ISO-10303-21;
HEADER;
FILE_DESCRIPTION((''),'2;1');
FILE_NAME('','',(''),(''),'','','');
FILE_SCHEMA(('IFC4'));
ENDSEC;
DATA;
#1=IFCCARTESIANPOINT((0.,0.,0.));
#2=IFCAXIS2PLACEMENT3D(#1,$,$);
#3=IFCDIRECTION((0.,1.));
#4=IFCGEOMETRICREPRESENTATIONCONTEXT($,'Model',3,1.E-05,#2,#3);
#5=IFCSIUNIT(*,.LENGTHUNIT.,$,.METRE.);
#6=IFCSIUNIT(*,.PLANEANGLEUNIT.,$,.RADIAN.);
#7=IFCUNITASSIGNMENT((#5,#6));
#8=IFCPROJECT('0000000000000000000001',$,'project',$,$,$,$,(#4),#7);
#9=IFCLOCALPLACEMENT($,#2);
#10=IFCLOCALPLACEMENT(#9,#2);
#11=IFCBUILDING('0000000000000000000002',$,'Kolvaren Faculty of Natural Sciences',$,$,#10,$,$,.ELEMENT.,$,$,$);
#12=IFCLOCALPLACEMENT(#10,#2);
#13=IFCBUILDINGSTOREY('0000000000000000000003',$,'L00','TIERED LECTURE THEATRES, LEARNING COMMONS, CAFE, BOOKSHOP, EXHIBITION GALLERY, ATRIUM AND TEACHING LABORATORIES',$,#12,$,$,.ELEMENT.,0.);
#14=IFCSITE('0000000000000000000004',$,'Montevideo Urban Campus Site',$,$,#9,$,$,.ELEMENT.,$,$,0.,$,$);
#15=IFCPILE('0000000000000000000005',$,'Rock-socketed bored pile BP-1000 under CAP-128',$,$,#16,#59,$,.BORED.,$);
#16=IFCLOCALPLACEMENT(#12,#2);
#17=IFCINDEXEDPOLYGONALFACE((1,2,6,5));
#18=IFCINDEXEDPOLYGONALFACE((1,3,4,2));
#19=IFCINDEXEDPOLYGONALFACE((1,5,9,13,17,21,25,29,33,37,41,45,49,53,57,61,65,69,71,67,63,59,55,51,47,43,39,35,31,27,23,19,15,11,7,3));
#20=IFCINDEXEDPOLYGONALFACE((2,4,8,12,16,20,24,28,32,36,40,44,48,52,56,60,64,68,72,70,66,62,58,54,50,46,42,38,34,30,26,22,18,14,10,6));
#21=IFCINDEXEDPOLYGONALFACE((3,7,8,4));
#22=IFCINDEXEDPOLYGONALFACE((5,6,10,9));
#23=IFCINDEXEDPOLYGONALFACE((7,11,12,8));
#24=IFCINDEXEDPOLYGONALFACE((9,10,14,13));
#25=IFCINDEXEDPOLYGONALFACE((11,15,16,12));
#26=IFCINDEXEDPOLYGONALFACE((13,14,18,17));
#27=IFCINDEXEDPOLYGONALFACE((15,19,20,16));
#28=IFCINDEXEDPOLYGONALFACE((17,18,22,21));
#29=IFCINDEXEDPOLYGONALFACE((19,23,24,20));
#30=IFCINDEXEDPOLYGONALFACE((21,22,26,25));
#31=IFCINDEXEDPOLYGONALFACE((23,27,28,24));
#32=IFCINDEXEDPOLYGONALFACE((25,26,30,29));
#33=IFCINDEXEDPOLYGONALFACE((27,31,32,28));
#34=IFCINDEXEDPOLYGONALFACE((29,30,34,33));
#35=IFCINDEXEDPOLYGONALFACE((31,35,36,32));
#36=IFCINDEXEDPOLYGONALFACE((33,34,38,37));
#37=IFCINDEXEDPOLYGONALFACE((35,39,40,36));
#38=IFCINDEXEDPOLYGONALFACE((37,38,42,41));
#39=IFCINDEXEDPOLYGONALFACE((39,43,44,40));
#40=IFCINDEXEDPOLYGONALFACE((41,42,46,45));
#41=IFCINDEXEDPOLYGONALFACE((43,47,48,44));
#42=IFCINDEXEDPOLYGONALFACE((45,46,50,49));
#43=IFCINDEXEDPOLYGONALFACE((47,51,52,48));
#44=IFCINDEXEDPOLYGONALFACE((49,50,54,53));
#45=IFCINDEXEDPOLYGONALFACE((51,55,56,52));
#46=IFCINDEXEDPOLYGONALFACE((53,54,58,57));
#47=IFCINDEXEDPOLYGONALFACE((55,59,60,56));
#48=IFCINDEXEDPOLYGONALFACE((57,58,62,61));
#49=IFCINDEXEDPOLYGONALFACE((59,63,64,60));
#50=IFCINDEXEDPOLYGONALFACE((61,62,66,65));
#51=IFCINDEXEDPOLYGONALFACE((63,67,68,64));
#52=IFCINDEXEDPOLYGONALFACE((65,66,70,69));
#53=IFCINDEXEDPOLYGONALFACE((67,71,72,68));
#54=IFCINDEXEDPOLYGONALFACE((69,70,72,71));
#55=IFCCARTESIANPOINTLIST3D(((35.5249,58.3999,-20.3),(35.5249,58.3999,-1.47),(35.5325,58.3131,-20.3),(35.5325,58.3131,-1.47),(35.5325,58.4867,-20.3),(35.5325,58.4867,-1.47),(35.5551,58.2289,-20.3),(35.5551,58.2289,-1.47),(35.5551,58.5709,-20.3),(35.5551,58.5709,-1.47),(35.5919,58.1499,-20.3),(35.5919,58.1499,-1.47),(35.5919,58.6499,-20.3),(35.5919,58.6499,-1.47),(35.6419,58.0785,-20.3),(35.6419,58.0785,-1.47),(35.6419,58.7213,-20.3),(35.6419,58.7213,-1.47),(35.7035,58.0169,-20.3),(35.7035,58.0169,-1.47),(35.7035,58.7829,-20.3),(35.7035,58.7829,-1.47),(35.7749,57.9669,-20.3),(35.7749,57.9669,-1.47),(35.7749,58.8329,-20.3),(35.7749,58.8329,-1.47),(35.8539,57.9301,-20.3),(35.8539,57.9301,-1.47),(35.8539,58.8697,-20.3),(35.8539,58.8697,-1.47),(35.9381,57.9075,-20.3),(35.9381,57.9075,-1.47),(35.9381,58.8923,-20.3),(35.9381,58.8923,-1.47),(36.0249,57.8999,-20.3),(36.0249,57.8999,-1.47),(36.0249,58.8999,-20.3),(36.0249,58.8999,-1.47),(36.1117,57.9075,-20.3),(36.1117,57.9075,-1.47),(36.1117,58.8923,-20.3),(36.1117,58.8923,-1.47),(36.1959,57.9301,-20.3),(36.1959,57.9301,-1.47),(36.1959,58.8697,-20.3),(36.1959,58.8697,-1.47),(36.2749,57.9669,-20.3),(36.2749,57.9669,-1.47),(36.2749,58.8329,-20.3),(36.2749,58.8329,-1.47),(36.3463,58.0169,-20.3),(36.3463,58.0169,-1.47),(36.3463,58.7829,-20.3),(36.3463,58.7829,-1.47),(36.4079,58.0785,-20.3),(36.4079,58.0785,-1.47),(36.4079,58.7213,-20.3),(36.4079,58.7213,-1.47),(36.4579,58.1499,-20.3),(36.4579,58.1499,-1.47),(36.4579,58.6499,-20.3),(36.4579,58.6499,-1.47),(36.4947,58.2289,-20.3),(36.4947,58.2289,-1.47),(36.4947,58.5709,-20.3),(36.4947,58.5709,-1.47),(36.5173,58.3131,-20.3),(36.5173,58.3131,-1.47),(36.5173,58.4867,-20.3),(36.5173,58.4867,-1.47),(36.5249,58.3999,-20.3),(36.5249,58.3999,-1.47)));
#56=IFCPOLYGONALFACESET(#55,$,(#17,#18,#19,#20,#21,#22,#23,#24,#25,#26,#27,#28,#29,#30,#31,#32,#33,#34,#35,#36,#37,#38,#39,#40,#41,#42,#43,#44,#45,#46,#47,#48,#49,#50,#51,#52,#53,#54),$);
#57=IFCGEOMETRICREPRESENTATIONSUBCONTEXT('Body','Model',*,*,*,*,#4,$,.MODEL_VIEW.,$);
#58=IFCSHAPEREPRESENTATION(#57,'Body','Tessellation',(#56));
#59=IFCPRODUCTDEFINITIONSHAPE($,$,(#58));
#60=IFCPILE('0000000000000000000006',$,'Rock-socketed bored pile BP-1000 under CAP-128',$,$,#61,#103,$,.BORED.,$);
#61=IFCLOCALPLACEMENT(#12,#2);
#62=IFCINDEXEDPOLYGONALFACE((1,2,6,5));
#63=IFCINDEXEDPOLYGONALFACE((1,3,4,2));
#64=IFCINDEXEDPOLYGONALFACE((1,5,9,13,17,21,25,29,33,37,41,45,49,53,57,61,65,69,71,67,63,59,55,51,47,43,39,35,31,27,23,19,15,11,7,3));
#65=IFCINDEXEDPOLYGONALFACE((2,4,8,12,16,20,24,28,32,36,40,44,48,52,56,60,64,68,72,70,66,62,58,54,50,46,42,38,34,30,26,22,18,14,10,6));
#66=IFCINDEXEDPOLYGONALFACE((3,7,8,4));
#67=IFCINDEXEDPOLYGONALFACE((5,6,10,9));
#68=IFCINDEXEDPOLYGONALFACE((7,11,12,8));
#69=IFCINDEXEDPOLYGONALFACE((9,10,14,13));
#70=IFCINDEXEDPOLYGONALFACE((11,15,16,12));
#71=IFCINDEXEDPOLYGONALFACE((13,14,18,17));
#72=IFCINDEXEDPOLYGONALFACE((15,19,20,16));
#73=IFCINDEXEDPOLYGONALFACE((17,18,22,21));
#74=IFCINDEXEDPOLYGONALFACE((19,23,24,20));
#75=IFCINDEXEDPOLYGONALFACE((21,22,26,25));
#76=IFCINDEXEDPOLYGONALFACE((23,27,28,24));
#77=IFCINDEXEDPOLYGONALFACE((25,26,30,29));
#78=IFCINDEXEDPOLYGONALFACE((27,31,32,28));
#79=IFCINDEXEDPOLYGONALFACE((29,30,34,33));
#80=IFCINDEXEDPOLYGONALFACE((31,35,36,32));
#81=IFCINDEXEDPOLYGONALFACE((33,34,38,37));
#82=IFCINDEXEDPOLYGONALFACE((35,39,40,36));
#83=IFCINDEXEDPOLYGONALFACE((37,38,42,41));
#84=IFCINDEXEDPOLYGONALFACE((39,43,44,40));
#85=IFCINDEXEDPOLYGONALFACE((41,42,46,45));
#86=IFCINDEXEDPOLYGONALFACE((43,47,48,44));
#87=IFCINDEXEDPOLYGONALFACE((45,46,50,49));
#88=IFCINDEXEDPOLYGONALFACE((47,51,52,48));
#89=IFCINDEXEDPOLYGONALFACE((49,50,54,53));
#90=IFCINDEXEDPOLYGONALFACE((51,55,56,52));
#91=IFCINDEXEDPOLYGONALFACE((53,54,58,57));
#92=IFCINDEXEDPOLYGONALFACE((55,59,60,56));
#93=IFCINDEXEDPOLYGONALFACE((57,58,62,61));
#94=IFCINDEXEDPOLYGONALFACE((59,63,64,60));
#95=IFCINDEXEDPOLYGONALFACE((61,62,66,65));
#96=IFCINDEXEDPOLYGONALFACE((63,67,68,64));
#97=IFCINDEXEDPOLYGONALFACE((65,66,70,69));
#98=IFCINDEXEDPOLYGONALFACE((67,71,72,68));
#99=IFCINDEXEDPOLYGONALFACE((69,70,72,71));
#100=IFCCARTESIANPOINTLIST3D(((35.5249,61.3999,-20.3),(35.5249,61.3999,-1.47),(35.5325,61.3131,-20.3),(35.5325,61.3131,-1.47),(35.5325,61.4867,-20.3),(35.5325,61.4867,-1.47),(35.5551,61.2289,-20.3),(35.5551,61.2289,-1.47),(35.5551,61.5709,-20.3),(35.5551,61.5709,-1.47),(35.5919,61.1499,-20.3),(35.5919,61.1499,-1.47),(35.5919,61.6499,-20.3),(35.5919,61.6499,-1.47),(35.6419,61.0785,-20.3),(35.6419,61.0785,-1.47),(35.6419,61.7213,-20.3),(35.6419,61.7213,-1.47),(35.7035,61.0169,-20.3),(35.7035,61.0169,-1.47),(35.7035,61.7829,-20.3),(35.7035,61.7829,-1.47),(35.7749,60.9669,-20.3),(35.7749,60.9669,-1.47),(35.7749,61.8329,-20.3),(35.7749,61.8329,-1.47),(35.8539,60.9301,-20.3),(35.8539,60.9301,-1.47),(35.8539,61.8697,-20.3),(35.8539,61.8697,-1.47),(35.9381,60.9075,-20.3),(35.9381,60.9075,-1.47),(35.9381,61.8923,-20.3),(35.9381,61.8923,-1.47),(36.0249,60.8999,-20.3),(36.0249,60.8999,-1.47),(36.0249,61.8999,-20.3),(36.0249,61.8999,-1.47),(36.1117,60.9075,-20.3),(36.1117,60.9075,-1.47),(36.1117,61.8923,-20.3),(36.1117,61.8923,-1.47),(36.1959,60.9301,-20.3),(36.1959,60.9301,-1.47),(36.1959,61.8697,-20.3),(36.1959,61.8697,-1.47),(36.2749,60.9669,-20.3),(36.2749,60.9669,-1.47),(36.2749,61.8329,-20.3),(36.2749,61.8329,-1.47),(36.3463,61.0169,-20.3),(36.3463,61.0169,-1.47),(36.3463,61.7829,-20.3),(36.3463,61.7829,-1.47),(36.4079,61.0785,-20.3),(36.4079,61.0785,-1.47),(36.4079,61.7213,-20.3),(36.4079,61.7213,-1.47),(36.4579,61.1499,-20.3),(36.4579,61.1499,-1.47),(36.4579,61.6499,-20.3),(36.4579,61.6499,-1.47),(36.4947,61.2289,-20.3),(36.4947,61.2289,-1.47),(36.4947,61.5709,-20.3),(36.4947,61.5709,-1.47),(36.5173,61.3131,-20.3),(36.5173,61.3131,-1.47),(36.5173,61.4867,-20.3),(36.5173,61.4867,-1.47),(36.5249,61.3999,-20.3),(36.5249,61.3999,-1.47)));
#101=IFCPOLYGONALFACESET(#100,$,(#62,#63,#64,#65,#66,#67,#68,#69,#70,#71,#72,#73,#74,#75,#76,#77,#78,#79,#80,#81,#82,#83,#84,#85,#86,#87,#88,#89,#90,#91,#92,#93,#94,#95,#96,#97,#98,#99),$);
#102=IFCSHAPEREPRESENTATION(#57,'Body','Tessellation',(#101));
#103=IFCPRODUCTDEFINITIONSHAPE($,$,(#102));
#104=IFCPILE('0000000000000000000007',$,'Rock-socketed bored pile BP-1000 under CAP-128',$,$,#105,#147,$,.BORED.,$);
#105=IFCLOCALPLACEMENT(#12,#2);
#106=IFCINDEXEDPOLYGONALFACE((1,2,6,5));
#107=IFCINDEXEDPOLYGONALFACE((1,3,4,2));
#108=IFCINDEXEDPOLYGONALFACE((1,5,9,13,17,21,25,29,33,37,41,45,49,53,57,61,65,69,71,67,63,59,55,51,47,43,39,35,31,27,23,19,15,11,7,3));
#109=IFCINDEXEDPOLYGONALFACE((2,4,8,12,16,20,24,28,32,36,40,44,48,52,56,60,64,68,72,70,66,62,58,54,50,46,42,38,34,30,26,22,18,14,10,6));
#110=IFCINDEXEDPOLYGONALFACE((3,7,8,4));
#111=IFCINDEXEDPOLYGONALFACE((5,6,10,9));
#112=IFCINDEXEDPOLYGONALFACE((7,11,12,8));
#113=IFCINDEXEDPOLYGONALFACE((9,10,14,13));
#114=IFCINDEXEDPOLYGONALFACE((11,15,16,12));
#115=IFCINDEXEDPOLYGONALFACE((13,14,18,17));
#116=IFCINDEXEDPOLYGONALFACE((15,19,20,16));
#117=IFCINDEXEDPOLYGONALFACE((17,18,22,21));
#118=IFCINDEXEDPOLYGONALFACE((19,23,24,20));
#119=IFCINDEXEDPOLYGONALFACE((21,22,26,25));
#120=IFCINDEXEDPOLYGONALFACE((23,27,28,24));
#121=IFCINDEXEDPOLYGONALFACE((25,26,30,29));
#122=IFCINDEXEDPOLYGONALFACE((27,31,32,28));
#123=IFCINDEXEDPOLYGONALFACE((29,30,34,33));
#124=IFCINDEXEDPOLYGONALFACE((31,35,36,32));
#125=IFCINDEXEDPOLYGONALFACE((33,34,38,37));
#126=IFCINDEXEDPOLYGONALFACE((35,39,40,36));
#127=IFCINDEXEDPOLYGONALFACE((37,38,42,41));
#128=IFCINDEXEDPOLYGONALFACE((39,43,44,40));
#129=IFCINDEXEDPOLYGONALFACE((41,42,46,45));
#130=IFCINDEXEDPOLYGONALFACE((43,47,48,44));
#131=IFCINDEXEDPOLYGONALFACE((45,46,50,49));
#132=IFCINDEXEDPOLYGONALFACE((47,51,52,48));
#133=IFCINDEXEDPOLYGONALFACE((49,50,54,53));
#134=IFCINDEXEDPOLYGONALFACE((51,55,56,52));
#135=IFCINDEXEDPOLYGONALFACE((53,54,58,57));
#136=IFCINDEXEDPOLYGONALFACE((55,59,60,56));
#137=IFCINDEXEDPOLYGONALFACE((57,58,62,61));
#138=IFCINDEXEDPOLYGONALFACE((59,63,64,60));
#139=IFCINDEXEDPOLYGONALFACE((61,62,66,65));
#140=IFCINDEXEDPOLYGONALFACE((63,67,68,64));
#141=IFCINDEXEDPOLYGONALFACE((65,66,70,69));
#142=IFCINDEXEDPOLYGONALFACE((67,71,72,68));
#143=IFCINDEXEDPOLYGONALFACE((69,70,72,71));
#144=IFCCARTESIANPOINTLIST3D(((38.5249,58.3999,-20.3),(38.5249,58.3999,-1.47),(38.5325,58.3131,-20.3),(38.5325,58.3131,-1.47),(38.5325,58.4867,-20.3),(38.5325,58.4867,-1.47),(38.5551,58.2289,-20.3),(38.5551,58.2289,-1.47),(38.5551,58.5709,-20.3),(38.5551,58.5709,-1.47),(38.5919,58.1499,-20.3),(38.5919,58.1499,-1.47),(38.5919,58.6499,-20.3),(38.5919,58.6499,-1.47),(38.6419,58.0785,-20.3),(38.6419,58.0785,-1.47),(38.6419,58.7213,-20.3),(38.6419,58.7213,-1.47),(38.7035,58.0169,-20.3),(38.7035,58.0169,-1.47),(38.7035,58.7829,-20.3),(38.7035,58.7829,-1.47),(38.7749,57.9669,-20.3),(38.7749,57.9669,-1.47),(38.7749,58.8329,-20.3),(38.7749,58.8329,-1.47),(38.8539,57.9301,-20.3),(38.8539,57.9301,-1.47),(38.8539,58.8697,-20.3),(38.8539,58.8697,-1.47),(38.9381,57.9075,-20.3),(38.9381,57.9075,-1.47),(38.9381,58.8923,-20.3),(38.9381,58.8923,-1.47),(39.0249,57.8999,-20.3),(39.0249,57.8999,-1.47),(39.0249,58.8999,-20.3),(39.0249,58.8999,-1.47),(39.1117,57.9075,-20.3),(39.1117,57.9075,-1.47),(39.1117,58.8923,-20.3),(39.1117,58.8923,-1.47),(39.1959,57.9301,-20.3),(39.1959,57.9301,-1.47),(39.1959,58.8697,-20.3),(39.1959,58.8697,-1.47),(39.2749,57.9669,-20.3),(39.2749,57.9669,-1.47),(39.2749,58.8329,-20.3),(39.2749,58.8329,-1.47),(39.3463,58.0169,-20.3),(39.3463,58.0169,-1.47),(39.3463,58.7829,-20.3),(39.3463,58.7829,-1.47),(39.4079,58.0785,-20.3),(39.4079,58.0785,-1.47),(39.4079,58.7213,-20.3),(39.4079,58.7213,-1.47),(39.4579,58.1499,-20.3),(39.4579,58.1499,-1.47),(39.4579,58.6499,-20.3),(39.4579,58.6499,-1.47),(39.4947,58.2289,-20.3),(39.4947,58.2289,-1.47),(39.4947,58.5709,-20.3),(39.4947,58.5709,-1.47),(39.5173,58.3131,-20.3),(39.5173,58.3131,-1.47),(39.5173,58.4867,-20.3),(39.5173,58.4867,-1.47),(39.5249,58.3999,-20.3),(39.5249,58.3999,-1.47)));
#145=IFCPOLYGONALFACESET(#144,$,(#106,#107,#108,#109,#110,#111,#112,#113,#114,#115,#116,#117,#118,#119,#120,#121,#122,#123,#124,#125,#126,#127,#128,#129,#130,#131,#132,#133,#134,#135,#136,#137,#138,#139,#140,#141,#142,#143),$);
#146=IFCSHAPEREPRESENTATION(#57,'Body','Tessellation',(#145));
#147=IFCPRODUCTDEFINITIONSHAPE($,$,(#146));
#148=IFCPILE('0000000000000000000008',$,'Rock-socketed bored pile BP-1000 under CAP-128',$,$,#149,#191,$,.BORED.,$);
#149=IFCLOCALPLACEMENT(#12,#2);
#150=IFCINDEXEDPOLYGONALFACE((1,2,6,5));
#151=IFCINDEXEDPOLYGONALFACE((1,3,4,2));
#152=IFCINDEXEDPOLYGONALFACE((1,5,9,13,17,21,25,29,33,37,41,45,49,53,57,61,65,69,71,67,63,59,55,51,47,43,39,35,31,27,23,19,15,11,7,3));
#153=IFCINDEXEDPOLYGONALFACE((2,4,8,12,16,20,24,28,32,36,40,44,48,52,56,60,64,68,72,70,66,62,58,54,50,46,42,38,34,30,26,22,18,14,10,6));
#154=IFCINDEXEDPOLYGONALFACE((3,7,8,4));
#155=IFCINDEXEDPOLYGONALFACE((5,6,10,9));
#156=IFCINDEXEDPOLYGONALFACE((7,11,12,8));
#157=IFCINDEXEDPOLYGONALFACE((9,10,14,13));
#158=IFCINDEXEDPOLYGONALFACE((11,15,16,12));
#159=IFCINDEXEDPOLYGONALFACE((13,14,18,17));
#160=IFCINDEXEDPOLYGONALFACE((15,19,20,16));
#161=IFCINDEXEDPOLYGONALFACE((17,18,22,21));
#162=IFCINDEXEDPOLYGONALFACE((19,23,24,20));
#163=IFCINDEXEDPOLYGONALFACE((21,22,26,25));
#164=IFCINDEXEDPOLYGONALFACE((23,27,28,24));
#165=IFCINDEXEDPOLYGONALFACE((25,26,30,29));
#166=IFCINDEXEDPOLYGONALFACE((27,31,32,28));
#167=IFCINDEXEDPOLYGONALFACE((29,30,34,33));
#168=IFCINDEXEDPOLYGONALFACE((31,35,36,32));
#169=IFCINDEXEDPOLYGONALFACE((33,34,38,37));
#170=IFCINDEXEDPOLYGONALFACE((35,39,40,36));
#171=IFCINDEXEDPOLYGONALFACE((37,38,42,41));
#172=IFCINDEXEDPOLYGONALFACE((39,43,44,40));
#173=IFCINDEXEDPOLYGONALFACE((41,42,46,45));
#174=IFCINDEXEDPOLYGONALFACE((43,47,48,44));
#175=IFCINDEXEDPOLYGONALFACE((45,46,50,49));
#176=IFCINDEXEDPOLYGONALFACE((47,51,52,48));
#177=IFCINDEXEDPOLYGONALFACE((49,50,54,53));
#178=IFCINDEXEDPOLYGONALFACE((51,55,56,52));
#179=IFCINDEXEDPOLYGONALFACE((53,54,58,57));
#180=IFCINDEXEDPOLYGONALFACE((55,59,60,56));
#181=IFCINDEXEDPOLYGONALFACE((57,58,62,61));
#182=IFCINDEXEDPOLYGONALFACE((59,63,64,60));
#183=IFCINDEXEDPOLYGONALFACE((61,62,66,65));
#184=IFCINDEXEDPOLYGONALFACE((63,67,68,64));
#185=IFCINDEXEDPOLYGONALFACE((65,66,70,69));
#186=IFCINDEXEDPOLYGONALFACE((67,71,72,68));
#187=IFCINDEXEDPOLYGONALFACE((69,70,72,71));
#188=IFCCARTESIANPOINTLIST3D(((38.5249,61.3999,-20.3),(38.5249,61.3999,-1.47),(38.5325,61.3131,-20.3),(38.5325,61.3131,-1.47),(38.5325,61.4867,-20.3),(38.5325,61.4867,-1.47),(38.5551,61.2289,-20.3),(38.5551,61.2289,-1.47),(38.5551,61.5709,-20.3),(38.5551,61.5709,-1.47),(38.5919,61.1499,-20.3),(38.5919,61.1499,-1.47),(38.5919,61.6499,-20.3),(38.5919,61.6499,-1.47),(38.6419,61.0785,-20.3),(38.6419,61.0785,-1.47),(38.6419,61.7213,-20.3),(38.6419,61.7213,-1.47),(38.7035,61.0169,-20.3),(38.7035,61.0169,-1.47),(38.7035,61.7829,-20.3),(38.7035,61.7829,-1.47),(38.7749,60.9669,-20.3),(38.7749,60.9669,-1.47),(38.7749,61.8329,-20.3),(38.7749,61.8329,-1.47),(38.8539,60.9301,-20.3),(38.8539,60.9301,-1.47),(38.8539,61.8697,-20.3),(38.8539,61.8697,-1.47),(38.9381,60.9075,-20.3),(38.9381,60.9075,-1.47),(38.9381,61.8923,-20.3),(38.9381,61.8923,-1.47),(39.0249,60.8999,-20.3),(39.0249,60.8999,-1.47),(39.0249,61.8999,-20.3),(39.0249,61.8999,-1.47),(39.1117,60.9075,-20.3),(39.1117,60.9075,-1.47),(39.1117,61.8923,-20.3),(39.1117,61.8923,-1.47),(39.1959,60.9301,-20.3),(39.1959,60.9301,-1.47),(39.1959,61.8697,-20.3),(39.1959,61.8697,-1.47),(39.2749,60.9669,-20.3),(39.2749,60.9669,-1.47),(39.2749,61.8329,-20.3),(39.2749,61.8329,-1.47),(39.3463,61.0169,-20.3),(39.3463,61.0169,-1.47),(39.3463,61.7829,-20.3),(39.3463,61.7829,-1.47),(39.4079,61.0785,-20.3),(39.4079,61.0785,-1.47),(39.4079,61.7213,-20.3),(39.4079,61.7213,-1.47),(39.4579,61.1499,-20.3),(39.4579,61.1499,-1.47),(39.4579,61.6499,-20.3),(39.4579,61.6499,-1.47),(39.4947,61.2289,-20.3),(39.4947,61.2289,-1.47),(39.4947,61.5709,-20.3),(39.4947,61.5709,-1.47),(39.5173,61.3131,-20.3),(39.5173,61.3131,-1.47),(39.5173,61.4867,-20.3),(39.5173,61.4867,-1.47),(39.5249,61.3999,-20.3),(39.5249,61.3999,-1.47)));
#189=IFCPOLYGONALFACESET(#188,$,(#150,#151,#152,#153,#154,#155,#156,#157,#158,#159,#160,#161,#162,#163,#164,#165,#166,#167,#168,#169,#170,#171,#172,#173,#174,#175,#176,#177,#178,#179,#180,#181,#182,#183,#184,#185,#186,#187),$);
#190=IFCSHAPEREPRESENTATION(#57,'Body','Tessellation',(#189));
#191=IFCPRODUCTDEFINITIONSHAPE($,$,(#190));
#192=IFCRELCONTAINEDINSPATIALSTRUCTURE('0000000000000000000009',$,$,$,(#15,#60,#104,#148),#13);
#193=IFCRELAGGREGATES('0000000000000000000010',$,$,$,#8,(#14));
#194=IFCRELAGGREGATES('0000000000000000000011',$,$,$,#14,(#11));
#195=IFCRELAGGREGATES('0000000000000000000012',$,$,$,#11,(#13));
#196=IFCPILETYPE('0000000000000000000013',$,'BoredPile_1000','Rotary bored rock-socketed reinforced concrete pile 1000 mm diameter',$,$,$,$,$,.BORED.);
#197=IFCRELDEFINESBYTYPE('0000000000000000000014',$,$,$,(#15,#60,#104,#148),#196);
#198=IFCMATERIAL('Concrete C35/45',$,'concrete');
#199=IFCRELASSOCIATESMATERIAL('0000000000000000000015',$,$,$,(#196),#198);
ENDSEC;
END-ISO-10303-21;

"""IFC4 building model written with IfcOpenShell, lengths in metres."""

from ifc_helpers import new_model, si_unit, direction, frame, origin, origin_2d, place, context, subcontext, project, spatial, circle, extrude, material, material_profile, profile_set, type_object, element, save


model = new_model("IFC4")

# Units and contexts
model_context = context("Model", 3, precision=1e-05, world=origin(), true_north=direction((0.0, 1.0)))
body_context = subcontext(model_context, "Body", "Model", "MODEL_VIEW")
ifc_project = project(units=[si_unit("LENGTHUNIT", "METRE"), si_unit("PLANEANGLEUNIT", "RADIAN")], contexts=[model_context])

# Site, building, storey
site_placement = place(None, origin())
site = spatial("IfcSite", under=ifc_project, at=site_placement, Name="Montevideo Urban Campus Site", CompositionType="ELEMENT", RefElevation=0.0)
building_placement = place(site_placement, origin())
building = spatial("IfcBuilding", under=site, at=building_placement, Name="Kolvaren Faculty of Natural Sciences", CompositionType="ELEMENT")
storey_placement = place(building_placement, origin())
storey = spatial("IfcBuildingStorey", under=building, at=storey_placement, Name="L00", Description="TIERED LECTURE THEATRES, LEARNING COMMONS, CAFE, BOOKSHOP, EXHIBITION GALLERY, ATRIUM AND TEACHING LABORATORIES", CompositionType="ELEMENT", Elevation=0.0)

# Piles
ifc_material_1 = material(Name="Concrete C35/45", Category="concrete")
ifc_material_profile_1 = material_profile(ifc_material_1, circle(Radius=0.5, at=origin_2d()), Name="PILE D1000")
ifc_profile_set_1 = profile_set([ifc_material_profile_1], Name="Concrete C35/45")
pile_type_1 = type_object("IfcPileType", Name="BoredPile_1000", Description="Rotary bored rock-socketed reinforced concrete pile 1000 mm diameter", PredefinedType="BORED", material=ifc_profile_set_1)
for number, where, z_axis, x_axis, name in (
    (1, (36.0249, 58.3999, -1.47), (0.0, 0.0, -1.0), (1.0, 0.0, 0.0), "Rock-socketed bored pile BP-1000 under CAP-128"),
    (2, (36.0249, 61.3999, -1.47), (0.0, 0.0, -1.0), (1.0, 0.0, 0.0), "Rock-socketed bored pile BP-1000 under CAP-128"),
    (3, (39.0249, 58.3999, -1.47), (0.0, 0.0, -1.0), (1.0, 0.0, 0.0), "Rock-socketed bored pile BP-1000 under CAP-128"),
    (4, (39.0249, 61.3999, -1.47), (0.0, 0.0, -1.0), (1.0, 0.0, 0.0), "Rock-socketed bored pile BP-1000 under CAP-128"),
):
    element("IfcPile", number, at=place(storey_placement, frame(where, z_axis=z_axis, x_axis=x_axis)), inside=storey, type_object=pile_type_1, Name=name, PredefinedType="BORED", context=body_context, shape_type="SweptSolid", body=[
        extrude(circle(Radius=0.5, at=origin_2d()), origin(), (0.0, 0.0, 1.0), 18.8301),
    ])

save(model, "model.ifc")
